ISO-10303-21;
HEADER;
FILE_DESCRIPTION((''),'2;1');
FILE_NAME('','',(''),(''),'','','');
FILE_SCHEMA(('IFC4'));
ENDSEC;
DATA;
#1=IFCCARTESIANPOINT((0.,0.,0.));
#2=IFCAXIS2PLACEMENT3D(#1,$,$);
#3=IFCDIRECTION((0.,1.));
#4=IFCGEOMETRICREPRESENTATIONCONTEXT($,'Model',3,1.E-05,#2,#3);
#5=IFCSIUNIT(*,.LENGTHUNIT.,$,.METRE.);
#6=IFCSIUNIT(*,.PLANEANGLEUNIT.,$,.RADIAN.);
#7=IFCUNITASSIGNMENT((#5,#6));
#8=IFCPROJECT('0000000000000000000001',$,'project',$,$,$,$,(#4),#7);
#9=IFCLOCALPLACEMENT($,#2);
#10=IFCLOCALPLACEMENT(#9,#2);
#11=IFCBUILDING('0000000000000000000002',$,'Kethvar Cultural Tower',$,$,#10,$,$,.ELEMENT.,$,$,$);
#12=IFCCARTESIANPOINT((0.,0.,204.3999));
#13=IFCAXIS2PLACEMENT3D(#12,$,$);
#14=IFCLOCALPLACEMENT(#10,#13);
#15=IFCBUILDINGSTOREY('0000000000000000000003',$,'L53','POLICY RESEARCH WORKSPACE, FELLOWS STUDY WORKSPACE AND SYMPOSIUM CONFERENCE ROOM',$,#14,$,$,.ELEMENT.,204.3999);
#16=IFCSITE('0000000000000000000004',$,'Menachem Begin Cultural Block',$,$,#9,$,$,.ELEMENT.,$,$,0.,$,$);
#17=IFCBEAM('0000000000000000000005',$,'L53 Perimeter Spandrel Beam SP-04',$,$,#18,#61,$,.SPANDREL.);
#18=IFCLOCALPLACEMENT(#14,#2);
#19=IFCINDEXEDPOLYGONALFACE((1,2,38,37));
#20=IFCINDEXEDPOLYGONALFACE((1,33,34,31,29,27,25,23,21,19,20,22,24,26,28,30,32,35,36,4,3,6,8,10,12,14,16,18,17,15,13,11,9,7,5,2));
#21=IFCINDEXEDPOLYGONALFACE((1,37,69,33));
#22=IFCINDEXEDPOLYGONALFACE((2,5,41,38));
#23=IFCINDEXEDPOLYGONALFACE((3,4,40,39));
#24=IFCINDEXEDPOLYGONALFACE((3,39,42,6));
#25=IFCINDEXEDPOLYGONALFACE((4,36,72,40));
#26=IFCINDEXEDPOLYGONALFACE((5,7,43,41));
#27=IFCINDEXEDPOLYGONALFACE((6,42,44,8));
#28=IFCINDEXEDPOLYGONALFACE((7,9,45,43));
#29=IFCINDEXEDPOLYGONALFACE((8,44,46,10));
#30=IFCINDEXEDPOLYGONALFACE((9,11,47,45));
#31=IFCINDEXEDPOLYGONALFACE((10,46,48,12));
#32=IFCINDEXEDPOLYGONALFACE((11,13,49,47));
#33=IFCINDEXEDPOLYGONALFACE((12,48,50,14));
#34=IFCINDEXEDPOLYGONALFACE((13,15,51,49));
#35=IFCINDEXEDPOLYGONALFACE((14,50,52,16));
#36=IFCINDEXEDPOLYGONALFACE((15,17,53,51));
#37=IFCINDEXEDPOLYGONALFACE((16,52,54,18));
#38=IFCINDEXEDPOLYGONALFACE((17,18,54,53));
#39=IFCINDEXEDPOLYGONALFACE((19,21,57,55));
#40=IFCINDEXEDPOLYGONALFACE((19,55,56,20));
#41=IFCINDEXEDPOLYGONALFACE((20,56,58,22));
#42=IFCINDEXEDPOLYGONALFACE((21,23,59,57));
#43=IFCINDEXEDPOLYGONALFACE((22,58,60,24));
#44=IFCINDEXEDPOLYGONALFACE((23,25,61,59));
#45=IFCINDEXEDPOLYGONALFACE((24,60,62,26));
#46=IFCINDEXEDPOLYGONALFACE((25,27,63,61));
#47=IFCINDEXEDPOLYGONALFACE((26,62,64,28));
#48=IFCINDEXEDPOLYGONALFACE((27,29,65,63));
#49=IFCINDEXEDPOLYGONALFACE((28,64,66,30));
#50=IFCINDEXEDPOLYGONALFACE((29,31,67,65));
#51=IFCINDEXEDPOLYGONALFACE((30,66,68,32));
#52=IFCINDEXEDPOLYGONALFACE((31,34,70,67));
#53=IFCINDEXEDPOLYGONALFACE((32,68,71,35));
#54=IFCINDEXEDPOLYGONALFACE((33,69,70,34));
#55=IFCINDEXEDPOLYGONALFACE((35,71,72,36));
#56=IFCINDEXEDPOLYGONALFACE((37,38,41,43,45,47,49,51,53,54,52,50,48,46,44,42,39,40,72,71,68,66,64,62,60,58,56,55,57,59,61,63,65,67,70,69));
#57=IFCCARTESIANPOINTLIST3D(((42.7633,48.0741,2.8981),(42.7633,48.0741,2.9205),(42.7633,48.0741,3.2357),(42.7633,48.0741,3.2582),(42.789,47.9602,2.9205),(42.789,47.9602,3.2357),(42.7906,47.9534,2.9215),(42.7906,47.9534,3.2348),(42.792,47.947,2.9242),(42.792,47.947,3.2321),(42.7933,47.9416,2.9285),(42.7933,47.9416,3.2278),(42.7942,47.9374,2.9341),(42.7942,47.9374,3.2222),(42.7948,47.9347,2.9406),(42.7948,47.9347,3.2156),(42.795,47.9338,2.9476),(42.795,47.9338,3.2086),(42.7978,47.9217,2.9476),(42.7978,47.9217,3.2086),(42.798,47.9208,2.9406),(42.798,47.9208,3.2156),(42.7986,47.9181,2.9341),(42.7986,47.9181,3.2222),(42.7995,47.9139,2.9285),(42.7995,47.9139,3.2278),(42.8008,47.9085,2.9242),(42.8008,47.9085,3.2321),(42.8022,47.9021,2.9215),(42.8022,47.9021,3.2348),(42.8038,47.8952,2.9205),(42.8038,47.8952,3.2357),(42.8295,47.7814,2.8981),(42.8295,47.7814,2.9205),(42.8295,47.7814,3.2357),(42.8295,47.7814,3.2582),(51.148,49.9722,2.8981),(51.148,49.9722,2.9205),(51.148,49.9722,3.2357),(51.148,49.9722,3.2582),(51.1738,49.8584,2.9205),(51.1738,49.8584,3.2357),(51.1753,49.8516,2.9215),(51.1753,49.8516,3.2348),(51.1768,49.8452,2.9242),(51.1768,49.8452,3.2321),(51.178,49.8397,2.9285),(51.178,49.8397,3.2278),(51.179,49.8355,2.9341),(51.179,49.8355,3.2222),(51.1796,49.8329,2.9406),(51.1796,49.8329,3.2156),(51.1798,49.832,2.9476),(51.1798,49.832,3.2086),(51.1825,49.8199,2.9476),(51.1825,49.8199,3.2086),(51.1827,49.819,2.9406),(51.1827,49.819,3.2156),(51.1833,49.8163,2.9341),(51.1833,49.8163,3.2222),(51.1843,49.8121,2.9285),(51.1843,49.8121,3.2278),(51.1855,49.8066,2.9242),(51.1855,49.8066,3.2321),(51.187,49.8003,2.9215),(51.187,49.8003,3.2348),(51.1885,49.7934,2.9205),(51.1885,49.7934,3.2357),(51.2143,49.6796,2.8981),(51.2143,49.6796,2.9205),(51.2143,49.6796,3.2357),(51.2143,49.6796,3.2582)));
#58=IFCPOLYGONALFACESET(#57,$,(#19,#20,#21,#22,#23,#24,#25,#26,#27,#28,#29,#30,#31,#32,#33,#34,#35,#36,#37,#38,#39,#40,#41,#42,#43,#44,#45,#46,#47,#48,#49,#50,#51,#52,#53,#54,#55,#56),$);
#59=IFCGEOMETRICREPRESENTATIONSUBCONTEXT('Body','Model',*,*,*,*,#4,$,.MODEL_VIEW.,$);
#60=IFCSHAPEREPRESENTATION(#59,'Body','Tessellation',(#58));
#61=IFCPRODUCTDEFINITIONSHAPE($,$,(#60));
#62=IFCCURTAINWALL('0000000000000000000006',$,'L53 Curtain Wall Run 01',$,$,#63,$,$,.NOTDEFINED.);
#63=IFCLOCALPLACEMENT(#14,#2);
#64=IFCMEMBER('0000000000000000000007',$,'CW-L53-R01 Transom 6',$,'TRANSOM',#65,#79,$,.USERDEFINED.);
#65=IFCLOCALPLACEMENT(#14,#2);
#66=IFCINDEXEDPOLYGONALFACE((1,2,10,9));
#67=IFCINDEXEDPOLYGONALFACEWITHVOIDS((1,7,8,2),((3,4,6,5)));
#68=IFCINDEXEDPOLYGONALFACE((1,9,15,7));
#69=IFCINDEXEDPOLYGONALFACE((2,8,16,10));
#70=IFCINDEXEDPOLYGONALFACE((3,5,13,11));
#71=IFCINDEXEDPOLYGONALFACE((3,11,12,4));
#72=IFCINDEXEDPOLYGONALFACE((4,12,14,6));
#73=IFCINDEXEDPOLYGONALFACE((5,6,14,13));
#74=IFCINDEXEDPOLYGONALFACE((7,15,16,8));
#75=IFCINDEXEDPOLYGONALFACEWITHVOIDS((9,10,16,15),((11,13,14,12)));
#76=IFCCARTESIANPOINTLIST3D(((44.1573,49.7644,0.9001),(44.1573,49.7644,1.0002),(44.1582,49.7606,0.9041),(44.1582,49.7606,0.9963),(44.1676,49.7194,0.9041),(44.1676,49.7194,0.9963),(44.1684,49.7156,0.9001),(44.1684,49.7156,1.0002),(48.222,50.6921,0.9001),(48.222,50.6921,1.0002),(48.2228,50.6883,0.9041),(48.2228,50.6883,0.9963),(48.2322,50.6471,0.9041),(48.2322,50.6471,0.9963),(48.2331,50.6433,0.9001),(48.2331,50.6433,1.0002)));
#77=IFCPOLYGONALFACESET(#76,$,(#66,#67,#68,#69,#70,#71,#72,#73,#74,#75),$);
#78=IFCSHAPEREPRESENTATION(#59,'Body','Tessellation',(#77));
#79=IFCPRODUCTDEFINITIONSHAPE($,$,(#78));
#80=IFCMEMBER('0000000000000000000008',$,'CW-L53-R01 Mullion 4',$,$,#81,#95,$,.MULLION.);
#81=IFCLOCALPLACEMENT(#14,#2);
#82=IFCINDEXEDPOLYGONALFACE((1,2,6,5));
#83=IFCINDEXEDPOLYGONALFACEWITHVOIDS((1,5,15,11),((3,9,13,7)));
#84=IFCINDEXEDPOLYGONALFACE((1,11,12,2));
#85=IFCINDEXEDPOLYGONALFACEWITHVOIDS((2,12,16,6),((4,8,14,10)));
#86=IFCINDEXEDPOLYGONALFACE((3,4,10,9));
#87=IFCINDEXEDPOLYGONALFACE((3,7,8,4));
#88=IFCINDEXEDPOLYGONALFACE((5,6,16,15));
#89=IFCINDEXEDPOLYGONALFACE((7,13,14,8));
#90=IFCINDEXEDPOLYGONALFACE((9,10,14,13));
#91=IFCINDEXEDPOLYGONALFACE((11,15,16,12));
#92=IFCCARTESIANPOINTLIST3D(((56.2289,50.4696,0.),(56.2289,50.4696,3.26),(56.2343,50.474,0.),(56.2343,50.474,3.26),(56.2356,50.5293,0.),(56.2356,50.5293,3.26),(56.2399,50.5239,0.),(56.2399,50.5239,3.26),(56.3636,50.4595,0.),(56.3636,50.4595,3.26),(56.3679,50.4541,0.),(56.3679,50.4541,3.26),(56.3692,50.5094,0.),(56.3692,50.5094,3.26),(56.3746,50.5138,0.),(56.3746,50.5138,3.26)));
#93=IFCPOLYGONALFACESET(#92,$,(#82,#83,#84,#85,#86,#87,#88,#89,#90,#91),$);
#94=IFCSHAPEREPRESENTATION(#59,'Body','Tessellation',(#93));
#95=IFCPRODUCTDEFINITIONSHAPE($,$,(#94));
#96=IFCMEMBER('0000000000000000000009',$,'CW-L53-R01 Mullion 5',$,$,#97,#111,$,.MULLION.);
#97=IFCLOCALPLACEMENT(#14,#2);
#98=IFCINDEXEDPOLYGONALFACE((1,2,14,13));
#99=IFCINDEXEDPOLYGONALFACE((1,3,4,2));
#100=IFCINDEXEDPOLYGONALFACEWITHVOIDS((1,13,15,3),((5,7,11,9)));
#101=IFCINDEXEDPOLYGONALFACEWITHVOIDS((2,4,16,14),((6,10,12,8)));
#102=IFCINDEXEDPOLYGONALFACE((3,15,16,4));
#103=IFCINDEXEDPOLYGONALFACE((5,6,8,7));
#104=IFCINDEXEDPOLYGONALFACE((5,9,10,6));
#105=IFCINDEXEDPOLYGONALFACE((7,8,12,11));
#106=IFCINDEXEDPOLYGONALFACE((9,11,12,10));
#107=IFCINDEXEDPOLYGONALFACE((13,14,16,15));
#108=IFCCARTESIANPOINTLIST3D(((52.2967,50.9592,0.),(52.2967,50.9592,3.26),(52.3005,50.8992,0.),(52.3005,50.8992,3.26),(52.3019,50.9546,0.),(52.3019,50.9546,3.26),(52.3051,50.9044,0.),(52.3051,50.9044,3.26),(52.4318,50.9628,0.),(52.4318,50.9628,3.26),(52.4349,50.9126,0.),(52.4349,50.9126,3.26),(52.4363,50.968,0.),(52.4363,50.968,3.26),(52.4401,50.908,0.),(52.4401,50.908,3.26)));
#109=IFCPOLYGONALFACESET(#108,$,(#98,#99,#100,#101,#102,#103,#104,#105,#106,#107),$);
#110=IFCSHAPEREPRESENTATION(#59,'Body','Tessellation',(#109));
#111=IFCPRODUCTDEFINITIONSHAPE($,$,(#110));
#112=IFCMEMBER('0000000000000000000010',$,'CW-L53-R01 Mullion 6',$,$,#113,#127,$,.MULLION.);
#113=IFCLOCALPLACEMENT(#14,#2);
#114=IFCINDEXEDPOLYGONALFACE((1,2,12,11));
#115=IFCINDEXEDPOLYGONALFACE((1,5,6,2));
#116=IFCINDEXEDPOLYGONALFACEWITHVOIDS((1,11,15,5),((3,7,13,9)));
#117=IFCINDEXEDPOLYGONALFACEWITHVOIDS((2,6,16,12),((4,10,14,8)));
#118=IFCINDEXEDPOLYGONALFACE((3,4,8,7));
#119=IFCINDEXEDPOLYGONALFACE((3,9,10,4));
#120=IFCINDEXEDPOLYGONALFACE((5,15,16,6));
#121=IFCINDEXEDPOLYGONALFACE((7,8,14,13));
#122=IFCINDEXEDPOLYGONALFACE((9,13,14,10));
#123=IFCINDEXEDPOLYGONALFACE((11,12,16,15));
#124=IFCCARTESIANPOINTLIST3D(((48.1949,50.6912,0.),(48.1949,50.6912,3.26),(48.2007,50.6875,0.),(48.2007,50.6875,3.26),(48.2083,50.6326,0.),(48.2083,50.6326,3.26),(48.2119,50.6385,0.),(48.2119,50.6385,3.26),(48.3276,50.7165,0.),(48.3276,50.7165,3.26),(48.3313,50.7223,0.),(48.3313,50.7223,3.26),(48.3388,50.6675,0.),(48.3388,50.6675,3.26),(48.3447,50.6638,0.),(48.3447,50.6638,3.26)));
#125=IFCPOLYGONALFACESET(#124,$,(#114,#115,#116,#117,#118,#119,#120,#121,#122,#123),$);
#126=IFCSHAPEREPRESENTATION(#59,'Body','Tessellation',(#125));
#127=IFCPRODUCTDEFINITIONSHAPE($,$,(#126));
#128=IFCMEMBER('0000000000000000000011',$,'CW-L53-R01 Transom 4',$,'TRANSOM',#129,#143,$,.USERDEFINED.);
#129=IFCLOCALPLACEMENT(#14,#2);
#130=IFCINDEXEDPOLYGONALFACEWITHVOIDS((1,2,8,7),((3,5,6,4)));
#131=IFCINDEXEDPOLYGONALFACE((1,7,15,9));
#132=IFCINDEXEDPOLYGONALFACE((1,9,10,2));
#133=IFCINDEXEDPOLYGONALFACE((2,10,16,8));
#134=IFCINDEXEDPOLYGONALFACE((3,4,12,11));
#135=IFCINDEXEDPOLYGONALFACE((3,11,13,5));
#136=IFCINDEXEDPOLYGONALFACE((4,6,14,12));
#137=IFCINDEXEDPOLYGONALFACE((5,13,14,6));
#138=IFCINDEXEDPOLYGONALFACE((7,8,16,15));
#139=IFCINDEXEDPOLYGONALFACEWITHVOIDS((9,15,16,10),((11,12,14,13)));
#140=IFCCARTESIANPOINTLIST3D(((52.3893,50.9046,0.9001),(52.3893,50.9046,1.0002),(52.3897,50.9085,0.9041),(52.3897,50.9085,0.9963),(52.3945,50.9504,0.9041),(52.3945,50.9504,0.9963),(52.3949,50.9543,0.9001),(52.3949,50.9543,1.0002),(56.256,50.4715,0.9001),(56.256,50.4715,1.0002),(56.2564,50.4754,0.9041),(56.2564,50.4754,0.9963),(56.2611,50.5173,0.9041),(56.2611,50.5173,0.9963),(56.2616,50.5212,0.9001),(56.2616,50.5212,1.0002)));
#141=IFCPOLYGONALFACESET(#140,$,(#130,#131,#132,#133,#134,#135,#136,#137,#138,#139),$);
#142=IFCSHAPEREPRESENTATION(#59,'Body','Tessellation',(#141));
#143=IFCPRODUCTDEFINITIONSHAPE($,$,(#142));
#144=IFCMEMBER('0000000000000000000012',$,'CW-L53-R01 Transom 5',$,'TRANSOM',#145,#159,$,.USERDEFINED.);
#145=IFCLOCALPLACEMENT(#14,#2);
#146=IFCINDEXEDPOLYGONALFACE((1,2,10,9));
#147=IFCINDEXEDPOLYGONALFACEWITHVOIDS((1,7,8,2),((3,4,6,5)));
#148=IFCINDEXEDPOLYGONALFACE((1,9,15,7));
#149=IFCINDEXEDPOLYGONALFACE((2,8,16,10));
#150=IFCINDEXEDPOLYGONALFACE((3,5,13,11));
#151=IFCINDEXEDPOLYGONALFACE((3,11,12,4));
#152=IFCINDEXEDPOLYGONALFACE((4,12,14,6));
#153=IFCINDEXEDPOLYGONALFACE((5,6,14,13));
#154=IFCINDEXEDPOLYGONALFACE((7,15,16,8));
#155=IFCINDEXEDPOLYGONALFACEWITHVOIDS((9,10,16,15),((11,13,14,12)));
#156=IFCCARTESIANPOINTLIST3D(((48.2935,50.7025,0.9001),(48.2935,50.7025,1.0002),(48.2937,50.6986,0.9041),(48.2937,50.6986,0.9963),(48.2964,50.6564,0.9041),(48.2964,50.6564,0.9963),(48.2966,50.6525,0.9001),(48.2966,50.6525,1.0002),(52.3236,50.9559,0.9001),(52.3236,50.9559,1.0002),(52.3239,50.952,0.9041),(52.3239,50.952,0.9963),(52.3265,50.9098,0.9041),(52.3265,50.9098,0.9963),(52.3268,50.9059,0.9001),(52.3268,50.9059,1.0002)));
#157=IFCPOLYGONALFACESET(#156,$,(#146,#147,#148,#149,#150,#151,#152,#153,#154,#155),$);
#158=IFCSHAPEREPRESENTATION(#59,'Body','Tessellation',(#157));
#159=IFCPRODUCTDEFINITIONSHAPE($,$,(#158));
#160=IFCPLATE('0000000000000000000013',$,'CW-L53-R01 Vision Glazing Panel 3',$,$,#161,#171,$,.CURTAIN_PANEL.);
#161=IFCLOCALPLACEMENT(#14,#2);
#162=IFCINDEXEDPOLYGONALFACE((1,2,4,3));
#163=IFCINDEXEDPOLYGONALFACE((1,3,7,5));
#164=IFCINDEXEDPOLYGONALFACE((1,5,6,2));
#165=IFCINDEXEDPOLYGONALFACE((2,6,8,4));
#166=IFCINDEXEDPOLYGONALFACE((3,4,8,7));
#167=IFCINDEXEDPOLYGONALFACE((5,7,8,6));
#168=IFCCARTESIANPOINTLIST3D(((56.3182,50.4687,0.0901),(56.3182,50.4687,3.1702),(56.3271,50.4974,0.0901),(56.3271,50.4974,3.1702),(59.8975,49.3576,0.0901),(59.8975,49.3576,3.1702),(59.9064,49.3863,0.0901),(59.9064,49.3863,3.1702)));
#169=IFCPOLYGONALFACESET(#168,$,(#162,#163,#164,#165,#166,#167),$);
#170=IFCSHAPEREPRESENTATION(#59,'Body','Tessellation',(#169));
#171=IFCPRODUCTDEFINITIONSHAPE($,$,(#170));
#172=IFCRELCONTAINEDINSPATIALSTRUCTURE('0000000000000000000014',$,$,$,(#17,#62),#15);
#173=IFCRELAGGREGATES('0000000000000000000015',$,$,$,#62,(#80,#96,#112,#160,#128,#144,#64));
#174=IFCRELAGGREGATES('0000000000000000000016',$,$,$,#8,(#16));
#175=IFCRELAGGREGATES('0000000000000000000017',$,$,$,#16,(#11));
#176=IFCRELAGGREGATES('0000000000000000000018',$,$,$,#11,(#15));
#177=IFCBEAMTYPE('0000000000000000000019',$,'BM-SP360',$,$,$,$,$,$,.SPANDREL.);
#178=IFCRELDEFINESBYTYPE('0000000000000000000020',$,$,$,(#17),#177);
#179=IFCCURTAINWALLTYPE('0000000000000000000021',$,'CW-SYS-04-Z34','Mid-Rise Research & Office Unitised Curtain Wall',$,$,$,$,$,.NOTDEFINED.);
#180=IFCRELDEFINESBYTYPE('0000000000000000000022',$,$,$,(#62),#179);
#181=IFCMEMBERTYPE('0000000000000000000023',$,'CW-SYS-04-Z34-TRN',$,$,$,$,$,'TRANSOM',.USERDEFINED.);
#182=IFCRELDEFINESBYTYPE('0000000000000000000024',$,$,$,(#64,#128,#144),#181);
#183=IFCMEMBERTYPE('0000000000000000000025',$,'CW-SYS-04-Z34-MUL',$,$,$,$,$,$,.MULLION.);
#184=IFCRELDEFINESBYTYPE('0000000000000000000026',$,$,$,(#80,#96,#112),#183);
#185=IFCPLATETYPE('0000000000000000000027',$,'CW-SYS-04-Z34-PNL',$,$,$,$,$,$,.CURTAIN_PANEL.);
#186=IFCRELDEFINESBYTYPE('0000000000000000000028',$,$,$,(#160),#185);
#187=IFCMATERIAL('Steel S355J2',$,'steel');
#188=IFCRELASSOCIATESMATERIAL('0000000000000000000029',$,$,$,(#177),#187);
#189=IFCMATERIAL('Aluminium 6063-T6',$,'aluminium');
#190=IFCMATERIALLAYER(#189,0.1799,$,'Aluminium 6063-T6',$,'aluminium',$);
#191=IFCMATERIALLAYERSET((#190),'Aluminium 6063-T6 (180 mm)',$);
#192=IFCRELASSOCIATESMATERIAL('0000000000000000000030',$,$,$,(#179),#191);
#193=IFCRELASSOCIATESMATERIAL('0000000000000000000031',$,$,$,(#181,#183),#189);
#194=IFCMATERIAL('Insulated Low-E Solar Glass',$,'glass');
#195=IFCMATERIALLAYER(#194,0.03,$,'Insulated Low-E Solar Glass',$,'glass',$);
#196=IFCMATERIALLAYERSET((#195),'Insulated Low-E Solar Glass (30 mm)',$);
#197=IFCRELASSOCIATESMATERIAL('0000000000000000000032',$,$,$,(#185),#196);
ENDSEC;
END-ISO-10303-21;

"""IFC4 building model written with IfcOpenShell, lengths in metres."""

from ifc_helpers import new_model, si_unit, direction, frame, origin, origin_2d, place, context, subcontext, project, spatial, rectangle, hollow_rectangle, i_section, extrude, source, transform, mapped, material, layer, layer_set, material_profile, profile_set, type_object, element, aggregate, save


model = new_model("IFC4")

# Units and contexts
model_context = context("Model", 3, precision=1e-05, world=origin(), true_north=direction((0.0, 1.0)))
body_context = subcontext(model_context, "Body", "Model", "MODEL_VIEW")
ifc_project = project(units=[si_unit("LENGTHUNIT", "METRE"), si_unit("PLANEANGLEUNIT", "RADIAN")], contexts=[model_context])

# Site, building, storey
site_placement = place(None, origin())
site = spatial("IfcSite", under=ifc_project, at=site_placement, Name="Menachem Begin Cultural Block", CompositionType="ELEMENT", RefElevation=0.0)
building_placement = place(site_placement, origin())
building = spatial("IfcBuilding", under=site, at=building_placement, Name="Kethvar Cultural Tower", CompositionType="ELEMENT")
storey_placement = place(building_placement, frame((0.0, 0.0, 204.3999)))
storey = spatial("IfcBuildingStorey", under=building, at=storey_placement, Name="L53", Description="POLICY RESEARCH WORKSPACE, FELLOWS STUDY WORKSPACE AND SYMPOSIUM CONFERENCE ROOM", CompositionType="ELEMENT", Elevation=204.3999)

# Beam
ifc_material_1 = material(Name="Steel S355J2", Category="steel")
ifc_material_profile_1 = material_profile(ifc_material_1, i_section(OverallWidth=0.3, OverallDepth=0.3601, WebThickness=0.0125, FlangeThickness=0.0225, FilletRadius=0.0271, at=origin_2d()), Name="Steel S355J2 — HEB360")
ifc_profile_set_1 = profile_set([ifc_material_profile_1], Name="Steel S355J2 — HEB360")
beam_type_1 = type_object("IfcBeamType", Name="BM-SP360", PredefinedType="SPANDREL", material=ifc_profile_set_1)
shared_shape_1 = source(origin(), body_context, "Body", "SweptSolid", [
    extrude(i_section(OverallWidth=0.3, OverallDepth=0.3601, WebThickness=0.0125, FlangeThickness=0.0225, FilletRadius=0.0271, at=origin_2d()), origin(), (0.0, 0.0, 1.0), 8.5969),
])
beam_1_placement = place(storey_placement, frame((51.1812, 49.8259, 3.0781), z_axis=(-0.975319, -0.220799, 0.0), x_axis=(0.220799, -0.975319, 0.0)))
element("IfcBeam", 1, at=beam_1_placement, inside=storey, type_object=beam_type_1, Name="L53 Perimeter Spandrel Beam SP-04", PredefinedType="SPANDREL", context=body_context, shape_type="MappedRepresentation", body=[
    mapped(shared_shape_1, transform((0.0, 0.0, 0.0), scale=1.0)),
])

# Curtain wall, members, plate
ifc_material_2 = material(Name="Aluminium 6063-T6", Category="aluminium")
ifc_layer_1 = layer(ifc_material_2, 0.1799, Name="Aluminium 6063-T6", Category="aluminium")
ifc_layer_set_1 = layer_set([ifc_layer_1], Name="Aluminium 6063-T6 (180 mm)")
curtain_wall_type = type_object("IfcCurtainWallType", Name="CW-SYS-04-Z34", Description="Mid-Rise Research & Office Unitised Curtain Wall", PredefinedType="NOTDEFINED", material=ifc_layer_set_1)
curtain_wall_placement = place(storey_placement, origin())
curtain_wall = element("IfcCurtainWall", 2, at=curtain_wall_placement, inside=storey, type_object=curtain_wall_type, Name="L53 Curtain Wall Run 01", PredefinedType="NOTDEFINED")
ifc_material_profile_2 = material_profile(ifc_material_2, hollow_rectangle(XDim=0.05, YDim=0.1001, WallThickness=0.0039, at=origin_2d()), Name="Aluminium 6063-T6 — RHS100x50x4")
ifc_profile_set_2 = profile_set([ifc_material_profile_2], Name="Aluminium 6063-T6 — RHS100x50x4")
member_type_1 = type_object("IfcMemberType", Name="CW-SYS-04-Z34-TRN", ElementType="TRANSOM", PredefinedType="USERDEFINED", material=ifc_profile_set_2)
shared_shape_2 = source(origin(), body_context, "Body", "SweptSolid", [
    extrude(hollow_rectangle(XDim=0.05, YDim=0.1001, WallThickness=0.0039, at=origin_2d()), origin(), (0.0, 0.0, 1.0), 4.1692),
])
member_1_placement = place(storey_placement, frame((48.2275, 50.6677, 0.9502), z_axis=(-0.974928, -0.22252, 0.0), x_axis=(0.22252, -0.974928, 0.0)))
member_1 = element("IfcMember", 3, at=member_1_placement, type_object=member_type_1, Name="CW-L53-R01 Transom 6", ObjectType="TRANSOM", PredefinedType="USERDEFINED", context=body_context, shape_type="MappedRepresentation", body=[
    mapped(shared_shape_2, transform((0.0, 0.0, 0.0), scale=1.0)),
])
ifc_material_profile_3 = material_profile(ifc_material_2, hollow_rectangle(XDim=0.0601, YDim=0.1399, WallThickness=0.0049, at=origin_2d()), Name="Aluminium 6063-T6 — RHS140x60x5")
ifc_profile_set_3 = profile_set([ifc_material_profile_3], Name="Aluminium 6063-T6 — RHS140x60x5")
member_type_2 = type_object("IfcMemberType", Name="CW-SYS-04-Z34-MUL", PredefinedType="MULLION", material=ifc_profile_set_3)
shared_shape_3 = source(origin(), body_context, "Body", "SweptSolid", [
    extrude(hollow_rectangle(XDim=0.0601, YDim=0.1399, WallThickness=0.0049, at=origin_2d()), origin(), (0.0, 0.0, 1.0), 3.26),
])
member_2_placement = place(storey_placement, frame((56.3018, 50.4917, 0.0), z_axis=(0.0, 0.0, 1.0), x_axis=(-0.111295, -0.993787, 0.0)))
member_2 = element("IfcMember", 4, at=member_2_placement, type_object=member_type_2, Name="CW-L53-R01 Mullion 4", PredefinedType="MULLION", context=body_context, shape_type="MappedRepresentation", body=[
    mapped(shared_shape_3, transform((0.0, 0.0, 0.0), scale=1.0)),
])
member_3_placement = place(storey_placement, frame((52.3684, 50.9336, 0.0), z_axis=(0.0, 0.0, 1.0), x_axis=(0.062756, -0.998029, 0.0)))
member_3 = element("IfcMember", 5, at=member_3_placement, type_object=member_type_2, Name="CW-L53-R01 Mullion 5", PredefinedType="MULLION", context=body_context, shape_type="MappedRepresentation", body=[
    mapped(shared_shape_3, transform((0.0, 0.0, 0.0), scale=1.0)),
])
member_4_placement = place(storey_placement, frame((48.2698, 50.6775, 0.0), z_axis=(0.0, 0.0, 1.0), x_axis=(0.222519, -0.974928, 0.0)))
member_4 = element("IfcMember", 6, at=member_4_placement, type_object=member_type_2, Name="CW-L53-R01 Mullion 6", PredefinedType="MULLION", context=body_context, shape_type="MappedRepresentation", body=[
    mapped(shared_shape_3, transform((0.0, 0.0, 0.0), scale=1.0)),
])
shared_shape_4 = source(origin(), body_context, "Body", "SweptSolid", [
    extrude(hollow_rectangle(XDim=0.05, YDim=0.1001, WallThickness=0.0039, at=origin_2d()), origin(), (0.0, 0.0, 1.0), 3.8909),
])
member_5_placement = place(storey_placement, frame((56.2588, 50.4963, 0.9502), z_axis=(-0.993785, 0.111313, 0.0), x_axis=(-0.111313, -0.993785, 0.0)))
member_5 = element("IfcMember", 7, at=member_5_placement, type_object=member_type_1, Name="CW-L53-R01 Transom 4", ObjectType="TRANSOM", PredefinedType="USERDEFINED", context=body_context, shape_type="MappedRepresentation", body=[
    mapped(shared_shape_4, transform((0.0, 0.0, 0.0), scale=1.0)),
])
shared_shape_5 = source(origin(), body_context, "Body", "SweptSolid", [
    extrude(hollow_rectangle(XDim=0.05, YDim=0.1001, WallThickness=0.0039, at=origin_2d()), origin(), (0.0, 0.0, 1.0), 4.0381),
])
member_6_placement = place(storey_placement, frame((52.3252, 50.9309, 0.9502), z_axis=(-0.998029, -0.062758, 0.0), x_axis=(0.062758, -0.998029, 0.0)))
member_6 = element("IfcMember", 8, at=member_6_placement, type_object=member_type_1, Name="CW-L53-R01 Transom 5", ObjectType="TRANSOM", PredefinedType="USERDEFINED", context=body_context, shape_type="MappedRepresentation", body=[
    mapped(shared_shape_5, transform((0.0, 0.0, 0.0), scale=1.0)),
])
ifc_material_3 = material(Name="Insulated Low-E Solar Glass", Category="glass")
ifc_layer_2 = layer(ifc_material_3, 0.03, Name="Insulated Low-E Solar Glass", Category="glass")
ifc_layer_set_2 = layer_set([ifc_layer_2], Name="Insulated Low-E Solar Glass (30 mm)")
plate_type = type_object("IfcPlateType", Name="CW-SYS-04-Z34-PNL", PredefinedType="CURTAIN_PANEL", material=ifc_layer_set_2)
shared_shape_6 = source(origin(), body_context, "Body", "SweptSolid", [
    extrude(rectangle(XDim=3.7478, YDim=0.03, at=origin_2d()), origin(), (0.0, 0.0, 1.0), 3.0801),
])
plate_1_placement = place(storey_placement, frame((58.1123, 49.9275, 0.0901), z_axis=(0.0, 0.0, 1.0), x_axis=(-0.955041, 0.296475, 0.0)))
plate_1 = element("IfcPlate", 9, at=plate_1_placement, type_object=plate_type, Name="CW-L53-R01 Vision Glazing Panel 3", PredefinedType="CURTAIN_PANEL", context=body_context, shape_type="MappedRepresentation", body=[
    mapped(shared_shape_6, transform((0.0, 0.0, 0.0), scale=1.0)),
])
aggregate(curtain_wall, [member_2, member_3, member_4, plate_1, member_5, member_6, member_1])

save(model, "model.ifc")
